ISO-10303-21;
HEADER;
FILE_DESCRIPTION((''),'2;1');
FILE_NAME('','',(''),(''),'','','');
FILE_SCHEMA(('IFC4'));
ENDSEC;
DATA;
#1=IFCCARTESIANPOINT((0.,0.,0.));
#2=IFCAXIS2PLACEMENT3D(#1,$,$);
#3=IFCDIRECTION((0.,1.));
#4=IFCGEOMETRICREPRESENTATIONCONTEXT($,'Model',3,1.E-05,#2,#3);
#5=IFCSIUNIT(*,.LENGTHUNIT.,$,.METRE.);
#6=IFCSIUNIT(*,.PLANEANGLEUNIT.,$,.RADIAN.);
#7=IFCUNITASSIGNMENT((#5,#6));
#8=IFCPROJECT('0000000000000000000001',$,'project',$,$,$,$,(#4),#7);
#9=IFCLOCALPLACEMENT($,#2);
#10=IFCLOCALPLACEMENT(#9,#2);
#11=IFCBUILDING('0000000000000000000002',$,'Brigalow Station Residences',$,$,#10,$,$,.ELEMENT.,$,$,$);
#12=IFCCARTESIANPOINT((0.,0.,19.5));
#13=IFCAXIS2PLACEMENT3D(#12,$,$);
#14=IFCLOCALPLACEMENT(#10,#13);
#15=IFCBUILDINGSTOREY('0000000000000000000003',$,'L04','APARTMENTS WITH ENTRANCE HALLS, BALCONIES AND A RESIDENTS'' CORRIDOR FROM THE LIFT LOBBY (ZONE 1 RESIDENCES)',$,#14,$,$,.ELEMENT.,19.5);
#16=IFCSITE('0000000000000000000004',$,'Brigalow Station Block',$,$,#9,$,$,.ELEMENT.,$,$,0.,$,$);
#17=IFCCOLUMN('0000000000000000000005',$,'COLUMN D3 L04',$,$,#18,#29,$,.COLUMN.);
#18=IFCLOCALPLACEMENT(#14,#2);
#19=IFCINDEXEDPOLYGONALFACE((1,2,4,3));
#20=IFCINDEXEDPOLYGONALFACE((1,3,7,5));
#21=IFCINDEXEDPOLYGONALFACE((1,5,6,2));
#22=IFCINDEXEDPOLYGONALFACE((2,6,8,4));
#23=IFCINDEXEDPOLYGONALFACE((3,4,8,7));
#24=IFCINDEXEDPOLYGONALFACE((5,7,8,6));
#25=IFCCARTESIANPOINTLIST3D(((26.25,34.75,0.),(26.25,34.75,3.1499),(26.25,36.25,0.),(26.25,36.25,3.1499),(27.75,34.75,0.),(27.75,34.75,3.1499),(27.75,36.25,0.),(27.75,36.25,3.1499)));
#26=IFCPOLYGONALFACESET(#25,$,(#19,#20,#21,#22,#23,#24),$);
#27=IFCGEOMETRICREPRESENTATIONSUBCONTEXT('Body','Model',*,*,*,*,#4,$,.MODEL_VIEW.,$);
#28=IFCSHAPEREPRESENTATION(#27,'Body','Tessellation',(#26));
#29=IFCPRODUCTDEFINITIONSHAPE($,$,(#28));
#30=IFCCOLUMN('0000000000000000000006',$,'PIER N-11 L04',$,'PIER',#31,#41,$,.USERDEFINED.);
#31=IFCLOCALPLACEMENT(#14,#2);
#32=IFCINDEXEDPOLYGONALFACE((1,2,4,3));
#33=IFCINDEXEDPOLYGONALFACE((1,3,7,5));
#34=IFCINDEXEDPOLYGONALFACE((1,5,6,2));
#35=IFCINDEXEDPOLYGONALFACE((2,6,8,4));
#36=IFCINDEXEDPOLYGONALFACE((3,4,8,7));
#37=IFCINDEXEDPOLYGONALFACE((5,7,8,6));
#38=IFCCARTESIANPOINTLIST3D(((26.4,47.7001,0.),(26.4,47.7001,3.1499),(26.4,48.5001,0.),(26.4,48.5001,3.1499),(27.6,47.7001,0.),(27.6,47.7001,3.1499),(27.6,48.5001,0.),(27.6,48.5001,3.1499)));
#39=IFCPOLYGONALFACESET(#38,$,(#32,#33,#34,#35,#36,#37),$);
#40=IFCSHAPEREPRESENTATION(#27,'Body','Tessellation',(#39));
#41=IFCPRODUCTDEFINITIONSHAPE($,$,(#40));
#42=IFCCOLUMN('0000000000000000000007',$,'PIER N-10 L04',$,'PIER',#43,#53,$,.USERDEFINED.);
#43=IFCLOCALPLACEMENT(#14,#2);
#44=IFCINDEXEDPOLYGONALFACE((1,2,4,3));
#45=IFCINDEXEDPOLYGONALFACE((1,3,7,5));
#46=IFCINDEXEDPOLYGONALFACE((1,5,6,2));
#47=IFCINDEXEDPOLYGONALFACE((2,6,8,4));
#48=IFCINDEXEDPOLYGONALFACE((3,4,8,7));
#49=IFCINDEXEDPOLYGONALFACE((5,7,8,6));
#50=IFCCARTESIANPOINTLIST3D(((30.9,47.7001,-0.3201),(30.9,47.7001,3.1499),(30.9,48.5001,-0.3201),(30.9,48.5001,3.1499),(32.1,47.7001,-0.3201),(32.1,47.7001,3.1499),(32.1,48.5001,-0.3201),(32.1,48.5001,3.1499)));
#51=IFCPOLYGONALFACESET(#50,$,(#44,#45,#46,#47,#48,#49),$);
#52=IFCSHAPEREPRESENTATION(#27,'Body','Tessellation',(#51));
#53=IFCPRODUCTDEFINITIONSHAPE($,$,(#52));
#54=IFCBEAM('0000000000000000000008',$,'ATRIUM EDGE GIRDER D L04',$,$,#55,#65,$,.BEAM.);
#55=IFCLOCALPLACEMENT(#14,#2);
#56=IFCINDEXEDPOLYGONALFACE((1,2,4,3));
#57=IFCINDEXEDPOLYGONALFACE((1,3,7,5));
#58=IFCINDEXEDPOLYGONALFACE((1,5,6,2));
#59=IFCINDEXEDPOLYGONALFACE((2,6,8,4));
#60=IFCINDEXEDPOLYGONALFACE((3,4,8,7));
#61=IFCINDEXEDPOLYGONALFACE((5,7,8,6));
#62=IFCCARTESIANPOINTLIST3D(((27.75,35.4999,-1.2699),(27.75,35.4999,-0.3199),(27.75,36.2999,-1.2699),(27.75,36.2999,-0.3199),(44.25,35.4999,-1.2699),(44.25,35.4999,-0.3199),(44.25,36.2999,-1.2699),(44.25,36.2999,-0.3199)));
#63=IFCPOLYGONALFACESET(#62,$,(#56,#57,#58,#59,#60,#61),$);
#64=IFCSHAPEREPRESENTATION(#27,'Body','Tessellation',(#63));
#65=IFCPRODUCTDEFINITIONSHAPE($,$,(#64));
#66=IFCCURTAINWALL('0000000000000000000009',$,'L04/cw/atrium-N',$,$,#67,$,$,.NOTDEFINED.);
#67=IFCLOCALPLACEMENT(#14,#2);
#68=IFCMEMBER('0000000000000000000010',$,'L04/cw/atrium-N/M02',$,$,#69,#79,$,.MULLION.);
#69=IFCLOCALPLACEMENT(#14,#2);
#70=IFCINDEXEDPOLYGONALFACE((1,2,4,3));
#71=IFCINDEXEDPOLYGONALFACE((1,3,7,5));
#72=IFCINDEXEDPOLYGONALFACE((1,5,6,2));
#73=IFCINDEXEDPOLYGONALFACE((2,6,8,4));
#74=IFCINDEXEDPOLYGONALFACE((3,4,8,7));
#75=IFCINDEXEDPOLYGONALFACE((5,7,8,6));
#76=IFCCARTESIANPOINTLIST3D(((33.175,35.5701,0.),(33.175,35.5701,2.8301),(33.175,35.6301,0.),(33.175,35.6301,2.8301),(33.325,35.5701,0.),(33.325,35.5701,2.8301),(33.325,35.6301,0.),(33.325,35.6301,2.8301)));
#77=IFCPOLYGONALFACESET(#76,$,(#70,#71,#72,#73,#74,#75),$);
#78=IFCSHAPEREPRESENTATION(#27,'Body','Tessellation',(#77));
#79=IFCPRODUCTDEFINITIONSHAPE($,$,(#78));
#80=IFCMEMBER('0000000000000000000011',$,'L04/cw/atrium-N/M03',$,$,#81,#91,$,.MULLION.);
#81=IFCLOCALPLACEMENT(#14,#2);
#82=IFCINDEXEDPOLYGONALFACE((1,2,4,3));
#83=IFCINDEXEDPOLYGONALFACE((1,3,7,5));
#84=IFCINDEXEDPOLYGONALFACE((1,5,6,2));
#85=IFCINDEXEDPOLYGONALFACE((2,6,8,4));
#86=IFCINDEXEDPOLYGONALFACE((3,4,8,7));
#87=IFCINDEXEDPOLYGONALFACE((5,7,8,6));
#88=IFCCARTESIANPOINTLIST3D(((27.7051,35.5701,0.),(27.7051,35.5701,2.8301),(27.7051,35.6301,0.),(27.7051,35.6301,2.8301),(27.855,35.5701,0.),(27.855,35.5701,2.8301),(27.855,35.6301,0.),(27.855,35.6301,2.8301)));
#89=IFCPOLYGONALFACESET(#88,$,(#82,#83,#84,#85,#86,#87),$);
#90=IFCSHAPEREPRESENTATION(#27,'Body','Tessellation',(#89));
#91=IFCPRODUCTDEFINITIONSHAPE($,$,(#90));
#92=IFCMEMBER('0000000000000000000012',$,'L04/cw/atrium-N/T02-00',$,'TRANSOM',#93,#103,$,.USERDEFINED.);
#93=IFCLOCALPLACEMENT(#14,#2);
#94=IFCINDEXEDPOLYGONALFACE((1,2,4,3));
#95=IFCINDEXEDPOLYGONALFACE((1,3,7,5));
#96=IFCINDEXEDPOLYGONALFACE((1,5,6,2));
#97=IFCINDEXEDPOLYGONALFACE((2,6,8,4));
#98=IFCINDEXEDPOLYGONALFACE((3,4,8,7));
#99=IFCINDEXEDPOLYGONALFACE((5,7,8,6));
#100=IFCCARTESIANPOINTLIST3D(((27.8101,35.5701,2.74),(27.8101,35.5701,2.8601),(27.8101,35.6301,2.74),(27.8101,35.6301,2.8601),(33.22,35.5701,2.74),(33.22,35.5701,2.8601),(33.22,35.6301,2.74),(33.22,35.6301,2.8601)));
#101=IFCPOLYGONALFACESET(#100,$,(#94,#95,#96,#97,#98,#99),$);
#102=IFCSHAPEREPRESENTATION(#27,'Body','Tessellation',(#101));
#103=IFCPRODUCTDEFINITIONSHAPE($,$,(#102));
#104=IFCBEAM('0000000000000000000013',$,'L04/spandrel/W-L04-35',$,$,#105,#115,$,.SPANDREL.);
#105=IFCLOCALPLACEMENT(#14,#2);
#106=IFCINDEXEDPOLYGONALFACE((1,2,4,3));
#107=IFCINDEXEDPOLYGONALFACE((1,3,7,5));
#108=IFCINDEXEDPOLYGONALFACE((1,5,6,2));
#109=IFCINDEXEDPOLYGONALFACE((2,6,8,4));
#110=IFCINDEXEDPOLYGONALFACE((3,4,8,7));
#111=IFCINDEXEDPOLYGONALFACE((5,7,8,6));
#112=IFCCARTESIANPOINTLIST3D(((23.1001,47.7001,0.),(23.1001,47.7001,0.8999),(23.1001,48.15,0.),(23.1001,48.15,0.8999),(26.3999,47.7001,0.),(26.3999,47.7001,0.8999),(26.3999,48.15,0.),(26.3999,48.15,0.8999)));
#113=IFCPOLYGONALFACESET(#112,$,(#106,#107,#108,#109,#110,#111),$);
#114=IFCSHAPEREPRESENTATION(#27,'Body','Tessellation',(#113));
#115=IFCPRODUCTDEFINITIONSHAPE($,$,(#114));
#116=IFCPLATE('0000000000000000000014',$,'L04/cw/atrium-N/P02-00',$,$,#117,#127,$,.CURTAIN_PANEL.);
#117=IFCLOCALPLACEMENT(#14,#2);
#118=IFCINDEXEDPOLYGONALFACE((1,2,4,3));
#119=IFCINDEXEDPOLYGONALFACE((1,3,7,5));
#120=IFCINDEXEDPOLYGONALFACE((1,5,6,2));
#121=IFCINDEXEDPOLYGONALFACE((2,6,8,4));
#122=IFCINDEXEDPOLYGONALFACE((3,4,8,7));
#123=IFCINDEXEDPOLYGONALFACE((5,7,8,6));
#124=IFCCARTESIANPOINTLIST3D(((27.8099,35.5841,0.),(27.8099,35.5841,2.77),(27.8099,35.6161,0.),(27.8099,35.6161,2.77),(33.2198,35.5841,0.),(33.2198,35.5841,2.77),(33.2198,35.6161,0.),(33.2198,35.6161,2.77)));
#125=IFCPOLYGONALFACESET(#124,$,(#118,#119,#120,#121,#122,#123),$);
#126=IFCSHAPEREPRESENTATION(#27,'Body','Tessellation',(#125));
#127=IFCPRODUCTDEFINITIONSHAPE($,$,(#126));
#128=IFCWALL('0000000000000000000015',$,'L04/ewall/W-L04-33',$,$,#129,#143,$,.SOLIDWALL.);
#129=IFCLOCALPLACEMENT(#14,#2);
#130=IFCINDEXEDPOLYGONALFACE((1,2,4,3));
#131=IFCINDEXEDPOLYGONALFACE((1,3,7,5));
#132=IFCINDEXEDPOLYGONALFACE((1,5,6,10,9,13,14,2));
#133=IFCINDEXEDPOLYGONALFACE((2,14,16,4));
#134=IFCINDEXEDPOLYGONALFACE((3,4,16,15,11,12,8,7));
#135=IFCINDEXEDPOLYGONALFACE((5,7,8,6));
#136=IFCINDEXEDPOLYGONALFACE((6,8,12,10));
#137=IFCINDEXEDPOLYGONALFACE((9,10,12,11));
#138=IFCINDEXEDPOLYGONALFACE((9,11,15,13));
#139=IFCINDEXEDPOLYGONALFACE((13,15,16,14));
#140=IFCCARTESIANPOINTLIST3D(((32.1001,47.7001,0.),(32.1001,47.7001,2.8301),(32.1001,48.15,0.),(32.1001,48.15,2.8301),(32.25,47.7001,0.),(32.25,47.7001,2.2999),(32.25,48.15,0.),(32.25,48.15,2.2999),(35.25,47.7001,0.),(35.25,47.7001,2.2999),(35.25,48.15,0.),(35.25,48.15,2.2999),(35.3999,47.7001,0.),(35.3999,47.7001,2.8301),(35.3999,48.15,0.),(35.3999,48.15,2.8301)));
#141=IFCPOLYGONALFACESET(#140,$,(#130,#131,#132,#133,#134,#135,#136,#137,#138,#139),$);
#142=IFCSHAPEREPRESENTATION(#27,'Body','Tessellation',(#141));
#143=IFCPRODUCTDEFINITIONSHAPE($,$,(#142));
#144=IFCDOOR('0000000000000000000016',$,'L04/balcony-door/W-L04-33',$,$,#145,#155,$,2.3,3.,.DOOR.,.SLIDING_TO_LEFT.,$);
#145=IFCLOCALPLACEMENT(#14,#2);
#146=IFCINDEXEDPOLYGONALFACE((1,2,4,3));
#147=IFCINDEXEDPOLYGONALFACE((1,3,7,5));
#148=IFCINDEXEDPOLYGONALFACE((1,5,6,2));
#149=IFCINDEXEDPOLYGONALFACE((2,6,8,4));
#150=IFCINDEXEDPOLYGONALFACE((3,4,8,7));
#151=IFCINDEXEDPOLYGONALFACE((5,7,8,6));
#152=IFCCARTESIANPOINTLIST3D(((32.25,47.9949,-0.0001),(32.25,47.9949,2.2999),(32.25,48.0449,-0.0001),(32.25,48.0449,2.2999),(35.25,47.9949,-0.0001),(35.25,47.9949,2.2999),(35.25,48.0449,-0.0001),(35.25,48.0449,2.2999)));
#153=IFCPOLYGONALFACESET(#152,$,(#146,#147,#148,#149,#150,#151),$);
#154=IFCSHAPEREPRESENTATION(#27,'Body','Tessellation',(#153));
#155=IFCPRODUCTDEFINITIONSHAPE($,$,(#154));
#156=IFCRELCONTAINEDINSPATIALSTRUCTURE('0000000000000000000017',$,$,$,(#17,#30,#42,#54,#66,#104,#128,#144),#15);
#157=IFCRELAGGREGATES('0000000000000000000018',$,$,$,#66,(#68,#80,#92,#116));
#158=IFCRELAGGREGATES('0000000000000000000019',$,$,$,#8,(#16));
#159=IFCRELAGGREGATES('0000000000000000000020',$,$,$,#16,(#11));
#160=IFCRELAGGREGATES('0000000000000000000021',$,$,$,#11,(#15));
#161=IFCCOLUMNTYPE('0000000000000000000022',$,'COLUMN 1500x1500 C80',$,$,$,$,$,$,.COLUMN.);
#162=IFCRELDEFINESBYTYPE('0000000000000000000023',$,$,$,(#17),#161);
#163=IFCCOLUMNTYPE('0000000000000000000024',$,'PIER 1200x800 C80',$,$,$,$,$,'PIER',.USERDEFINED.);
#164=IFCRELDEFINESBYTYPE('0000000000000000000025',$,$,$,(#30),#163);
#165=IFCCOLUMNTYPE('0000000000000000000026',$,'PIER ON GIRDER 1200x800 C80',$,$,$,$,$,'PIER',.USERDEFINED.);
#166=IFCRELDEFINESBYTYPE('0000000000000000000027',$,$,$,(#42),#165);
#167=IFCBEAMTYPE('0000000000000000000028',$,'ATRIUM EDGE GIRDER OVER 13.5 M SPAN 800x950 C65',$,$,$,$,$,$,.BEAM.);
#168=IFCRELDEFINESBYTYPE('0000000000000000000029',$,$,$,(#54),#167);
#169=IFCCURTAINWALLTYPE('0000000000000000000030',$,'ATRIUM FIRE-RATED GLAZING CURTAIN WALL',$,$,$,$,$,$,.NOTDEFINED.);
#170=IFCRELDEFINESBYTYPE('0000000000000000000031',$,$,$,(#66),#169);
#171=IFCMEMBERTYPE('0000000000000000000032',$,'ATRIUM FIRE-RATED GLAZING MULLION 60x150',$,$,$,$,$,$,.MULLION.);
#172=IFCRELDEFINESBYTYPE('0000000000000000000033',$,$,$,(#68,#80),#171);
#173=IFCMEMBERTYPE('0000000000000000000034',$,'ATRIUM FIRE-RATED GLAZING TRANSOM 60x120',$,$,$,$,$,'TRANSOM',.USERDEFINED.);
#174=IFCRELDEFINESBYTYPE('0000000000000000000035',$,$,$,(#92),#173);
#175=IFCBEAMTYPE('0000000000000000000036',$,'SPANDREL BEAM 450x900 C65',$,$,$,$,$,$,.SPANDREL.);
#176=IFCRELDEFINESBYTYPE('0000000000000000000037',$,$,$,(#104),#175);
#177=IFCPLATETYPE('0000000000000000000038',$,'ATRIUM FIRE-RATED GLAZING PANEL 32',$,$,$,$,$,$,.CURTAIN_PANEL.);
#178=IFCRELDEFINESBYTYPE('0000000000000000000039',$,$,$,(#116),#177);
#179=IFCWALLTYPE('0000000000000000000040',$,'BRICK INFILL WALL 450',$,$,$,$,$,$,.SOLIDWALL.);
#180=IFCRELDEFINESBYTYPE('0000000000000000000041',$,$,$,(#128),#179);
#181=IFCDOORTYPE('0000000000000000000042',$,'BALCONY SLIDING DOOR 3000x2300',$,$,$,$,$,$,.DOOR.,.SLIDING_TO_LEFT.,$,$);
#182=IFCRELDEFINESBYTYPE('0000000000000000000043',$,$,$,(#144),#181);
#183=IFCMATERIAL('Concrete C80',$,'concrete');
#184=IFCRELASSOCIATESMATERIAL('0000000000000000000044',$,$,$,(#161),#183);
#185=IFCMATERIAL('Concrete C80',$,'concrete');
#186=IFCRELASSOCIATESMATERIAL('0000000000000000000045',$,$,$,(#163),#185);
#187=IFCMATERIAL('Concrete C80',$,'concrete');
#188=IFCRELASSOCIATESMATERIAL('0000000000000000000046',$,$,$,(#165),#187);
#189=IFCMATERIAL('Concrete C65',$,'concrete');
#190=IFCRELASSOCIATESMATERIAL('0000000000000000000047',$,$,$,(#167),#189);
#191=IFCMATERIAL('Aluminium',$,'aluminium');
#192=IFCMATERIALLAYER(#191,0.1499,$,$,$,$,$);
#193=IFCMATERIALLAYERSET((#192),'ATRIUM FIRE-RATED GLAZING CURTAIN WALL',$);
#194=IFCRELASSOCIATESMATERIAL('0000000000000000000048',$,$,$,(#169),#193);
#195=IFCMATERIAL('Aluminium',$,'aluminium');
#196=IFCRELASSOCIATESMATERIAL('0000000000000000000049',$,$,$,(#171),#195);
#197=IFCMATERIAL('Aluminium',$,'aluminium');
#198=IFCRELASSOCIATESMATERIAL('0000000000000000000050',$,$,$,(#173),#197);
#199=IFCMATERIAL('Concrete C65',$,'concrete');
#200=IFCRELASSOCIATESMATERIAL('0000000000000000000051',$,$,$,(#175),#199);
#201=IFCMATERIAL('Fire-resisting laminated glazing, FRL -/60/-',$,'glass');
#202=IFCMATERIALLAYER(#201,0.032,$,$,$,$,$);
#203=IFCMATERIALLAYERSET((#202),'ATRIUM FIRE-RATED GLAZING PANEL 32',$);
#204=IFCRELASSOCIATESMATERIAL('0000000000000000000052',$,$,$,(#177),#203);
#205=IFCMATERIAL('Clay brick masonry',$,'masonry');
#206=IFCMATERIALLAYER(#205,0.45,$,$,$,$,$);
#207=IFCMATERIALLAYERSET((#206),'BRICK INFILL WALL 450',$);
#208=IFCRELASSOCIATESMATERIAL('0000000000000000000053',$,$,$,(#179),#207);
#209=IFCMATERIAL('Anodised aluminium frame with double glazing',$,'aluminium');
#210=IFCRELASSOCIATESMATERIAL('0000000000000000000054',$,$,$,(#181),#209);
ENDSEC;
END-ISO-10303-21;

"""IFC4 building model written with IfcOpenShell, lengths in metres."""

from ifc_helpers import new_model, si_unit, direction, frame, frame_2d, origin, origin_2d, place, context, subcontext, project, spatial, rectangle, extrude, material, layer, layer_set, material_profile, profile_set, type_object, element, fill, aggregate, save


model = new_model("IFC4")

# Units and contexts
model_context = context("Model", 3, precision=1e-05, world=origin(), true_north=direction((0.0, 1.0)))
body_context = subcontext(model_context, "Body", "Model", "MODEL_VIEW")
ifc_project = project(units=[si_unit("LENGTHUNIT", "METRE"), si_unit("PLANEANGLEUNIT", "RADIAN")], contexts=[model_context])

# Site, building, storey
site_placement = place(None, origin())
site = spatial("IfcSite", under=ifc_project, at=site_placement, Name="Brigalow Station Block", CompositionType="ELEMENT", RefElevation=0.0)
building_placement = place(site_placement, origin())
building = spatial("IfcBuilding", under=site, at=building_placement, Name="Brigalow Station Residences", CompositionType="ELEMENT")
storey_placement = place(building_placement, frame((0.0, 0.0, 19.5)))
storey = spatial("IfcBuildingStorey", under=building, at=storey_placement, Name="L04", Description="APARTMENTS WITH ENTRANCE HALLS, BALCONIES AND A RESIDENTS' CORRIDOR FROM THE LIFT LOBBY (ZONE 1 RESIDENCES)", CompositionType="ELEMENT", Elevation=19.5)

# Columns
ifc_material_1 = material(Name="Concrete C80", Category="concrete")
ifc_material_profile_1 = material_profile(ifc_material_1, rectangle(XDim=1.5, YDim=1.5, at=origin_2d()), Name="RC1500x1500")
ifc_profile_set_1 = profile_set([ifc_material_profile_1], Name="Concrete C80")
column_type_1 = type_object("IfcColumnType", Name="COLUMN 1500x1500 C80", PredefinedType="COLUMN", material=ifc_profile_set_1)
column_1_placement = place(storey_placement, frame((27.0, 35.5, 0.0), z_axis=(0.0, 0.0, 1.0), x_axis=(1.0, 0.0, 0.0)))
element("IfcColumn", 1, at=column_1_placement, inside=storey, type_object=column_type_1, Name="COLUMN D3 L04", PredefinedType="COLUMN", context=body_context, shape_type="SweptSolid", body=[
    extrude(rectangle(XDim=1.5, YDim=1.5, at=origin_2d()), origin(), (0.0, 0.0, 1.0), 3.1499),
])
ifc_material_2 = material(Name="Concrete C80", Category="concrete")
ifc_material_profile_2 = material_profile(ifc_material_2, rectangle(XDim=1.2, YDim=0.8, at=origin_2d()), Name="RC1200x800")
ifc_profile_set_2 = profile_set([ifc_material_profile_2], Name="Concrete C80")
column_type_2 = type_object("IfcColumnType", Name="PIER 1200x800 C80", ElementType="PIER", PredefinedType="USERDEFINED", material=ifc_profile_set_2)
column_2_placement = place(storey_placement, frame((27.0, 48.1001, 0.0), z_axis=(0.0, 0.0, 1.0), x_axis=(-1.0, 0.0, 0.0)))
element("IfcColumn", 2, at=column_2_placement, inside=storey, type_object=column_type_2, Name="PIER N-11 L04", ObjectType="PIER", PredefinedType="USERDEFINED", context=body_context, shape_type="SweptSolid", body=[
    extrude(rectangle(XDim=1.2, YDim=0.8, at=origin_2d()), origin(), (0.0, 0.0, 1.0), 3.1499),
])
ifc_material_3 = material(Name="Concrete C80", Category="concrete")
ifc_material_profile_3 = material_profile(ifc_material_3, rectangle(XDim=1.2, YDim=0.8, at=origin_2d()), Name="RC1200x800")
ifc_profile_set_3 = profile_set([ifc_material_profile_3], Name="Concrete C80")
column_type_3 = type_object("IfcColumnType", Name="PIER ON GIRDER 1200x800 C80", ElementType="PIER", PredefinedType="USERDEFINED", material=ifc_profile_set_3)
column_3_placement = place(storey_placement, frame((31.5, 48.1001, -0.3201), z_axis=(0.0, 0.0, 1.0), x_axis=(-1.0, 0.0, 0.0)))
element("IfcColumn", 3, at=column_3_placement, inside=storey, type_object=column_type_3, Name="PIER N-10 L04", ObjectType="PIER", PredefinedType="USERDEFINED", context=body_context, shape_type="SweptSolid", body=[
    extrude(rectangle(XDim=1.2, YDim=0.8, at=origin_2d()), origin(), (0.0, 0.0, 1.0), 3.47),
])

# Beam
ifc_material_4 = material(Name="Concrete C65", Category="concrete")
ifc_material_profile_4 = material_profile(ifc_material_4, rectangle(XDim=0.8, YDim=0.95, at=origin_2d()), Name="RC800x950")
ifc_profile_set_4 = profile_set([ifc_material_profile_4], Name="Concrete C65")
beam_type_1 = type_object("IfcBeamType", Name="ATRIUM EDGE GIRDER OVER 13.5 M SPAN 800x950 C65", PredefinedType="BEAM", material=ifc_profile_set_4)
beam_1_placement = place(storey_placement, frame((27.75, 35.8999, -0.7949), z_axis=(1.0, 0.0, 0.0), x_axis=(0.0, 1.0, 0.0)))
element("IfcBeam", 4, at=beam_1_placement, inside=storey, type_object=beam_type_1, Name="ATRIUM EDGE GIRDER D L04", PredefinedType="BEAM", context=body_context, shape_type="SweptSolid", body=[
    extrude(rectangle(XDim=0.8, YDim=0.95, at=origin_2d()), origin(), (0.0, 0.0, 1.0), 16.5),
])

# Curtain wall, members
ifc_material_5 = material(Name="Aluminium", Category="aluminium")
ifc_layer_1 = layer(ifc_material_5, 0.1499)
ifc_layer_set_1 = layer_set([ifc_layer_1], Name="ATRIUM FIRE-RATED GLAZING CURTAIN WALL")
curtain_wall_type = type_object("IfcCurtainWallType", Name="ATRIUM FIRE-RATED GLAZING CURTAIN WALL", PredefinedType="NOTDEFINED", material=ifc_layer_set_1)
curtain_wall_placement = place(storey_placement, origin())
curtain_wall = element("IfcCurtainWall", 5, at=curtain_wall_placement, inside=storey, type_object=curtain_wall_type, Name="L04/cw/atrium-N", PredefinedType="NOTDEFINED")
ifc_material_6 = material(Name="Aluminium", Category="aluminium")
ifc_material_profile_5 = material_profile(ifc_material_6, rectangle(XDim=0.0601, YDim=0.1499, at=origin_2d()), Name="ATRIUM FIRE-RATED GLAZING MULLION 60x150")
ifc_profile_set_5 = profile_set([ifc_material_profile_5], Name="Aluminium")
member_type_1 = type_object("IfcMemberType", Name="ATRIUM FIRE-RATED GLAZING MULLION 60x150", PredefinedType="MULLION", material=ifc_profile_set_5)
member_1_placement = place(storey_placement, frame((33.25, 35.6001, 0.0), z_axis=(0.0, 0.0, 1.0), x_axis=(0.0, -1.0, 0.0)))
member_1 = element("IfcMember", 6, at=member_1_placement, type_object=member_type_1, Name="L04/cw/atrium-N/M02", PredefinedType="MULLION", context=body_context, shape_type="SweptSolid", body=[
    extrude(rectangle(XDim=0.0601, YDim=0.1499, at=origin_2d()), origin(), (0.0, 0.0, 1.0), 2.8301),
])
member_2_placement = place(storey_placement, frame((27.78, 35.6001, 0.0), z_axis=(0.0, 0.0, 1.0), x_axis=(0.0, -1.0, 0.0)))
member_2 = element("IfcMember", 7, at=member_2_placement, type_object=member_type_1, Name="L04/cw/atrium-N/M03", PredefinedType="MULLION", context=body_context, shape_type="SweptSolid", body=[
    extrude(rectangle(XDim=0.0601, YDim=0.1499, at=origin_2d()), origin(), (0.0, 0.0, 1.0), 2.8301),
])
ifc_material_7 = material(Name="Aluminium", Category="aluminium")
ifc_material_profile_6 = material_profile(ifc_material_7, rectangle(XDim=0.0601, YDim=0.1201, at=origin_2d()), Name="ATRIUM FIRE-RATED GLAZING TRANSOM 60x120")
ifc_profile_set_6 = profile_set([ifc_material_profile_6], Name="Aluminium")
member_type_2 = type_object("IfcMemberType", Name="ATRIUM FIRE-RATED GLAZING TRANSOM 60x120", ElementType="TRANSOM", PredefinedType="USERDEFINED", material=ifc_profile_set_6)
member_3_placement = place(storey_placement, frame((33.22, 35.6001, 2.8), z_axis=(-1.0, 0.0, 0.0), x_axis=(0.0, -1.0, 0.0)))
member_3 = element("IfcMember", 8, at=member_3_placement, type_object=member_type_2, Name="L04/cw/atrium-N/T02-00", ObjectType="TRANSOM", PredefinedType="USERDEFINED", context=body_context, shape_type="SweptSolid", body=[
    extrude(rectangle(XDim=0.0601, YDim=0.1201, at=origin_2d()), origin(), (0.0, 0.0, 1.0), 5.4099),
])

# Beam
ifc_material_8 = material(Name="Concrete C65", Category="concrete")
ifc_material_profile_7 = material_profile(ifc_material_8, rectangle(XDim=0.45, YDim=0.8999, at=origin_2d()), Name="RC450x900")
ifc_profile_set_7 = profile_set([ifc_material_profile_7], Name="Concrete C65")
beam_type_2 = type_object("IfcBeamType", Name="SPANDREL BEAM 450x900 C65", PredefinedType="SPANDREL", material=ifc_profile_set_7)
beam_2_placement = place(storey_placement, frame((26.3999, 47.925, 0.45), z_axis=(-1.0, 0.0, 0.0), x_axis=(0.0, -1.0, 0.0)))
element("IfcBeam", 9, at=beam_2_placement, inside=storey, type_object=beam_type_2, Name="L04/spandrel/W-L04-35", PredefinedType="SPANDREL", context=body_context, shape_type="SweptSolid", body=[
    extrude(rectangle(XDim=0.45, YDim=0.8999, at=origin_2d()), origin(), (0.0, 0.0, 1.0), 3.2998),
])

# Plate
ifc_material_9 = material(Name="Fire-resisting laminated glazing, FRL -/60/-", Category="glass")
ifc_layer_2 = layer(ifc_material_9, 0.032)
ifc_layer_set_2 = layer_set([ifc_layer_2], Name="ATRIUM FIRE-RATED GLAZING PANEL 32")
plate_type = type_object("IfcPlateType", Name="ATRIUM FIRE-RATED GLAZING PANEL 32", PredefinedType="CURTAIN_PANEL", material=ifc_layer_set_2)
plate_placement = place(storey_placement, frame((30.5149, 35.6001, 0.0), z_axis=(0.0, 0.0, 1.0), x_axis=(-1.0, 0.0, 0.0)))
plate = element("IfcPlate", 10, at=plate_placement, type_object=plate_type, Name="L04/cw/atrium-N/P02-00", PredefinedType="CURTAIN_PANEL", context=body_context, shape_type="SweptSolid", body=[
    extrude(rectangle(XDim=5.4099, YDim=0.032, at=origin_2d()), origin(), (0.0, 0.0, 1.0), 2.77),
])
aggregate(curtain_wall, [member_1, member_2, member_3, plate])

# Wall, opening, door
ifc_material_10 = material(Name="Clay brick masonry", Category="masonry")
ifc_layer_3 = layer(ifc_material_10, 0.45)
ifc_layer_set_3 = layer_set([ifc_layer_3], Name="BRICK INFILL WALL 450")
wall_type_1 = type_object("IfcWallType", Name="BRICK INFILL WALL 450", PredefinedType="SOLIDWALL", material=ifc_layer_set_3)
wall_1_placement = place(storey_placement, frame((35.3999, 47.925, 0.0), z_axis=(0.0, 0.0, 1.0), x_axis=(-1.0, 0.0, 0.0)))
wall_1 = element("IfcWall", 11, at=wall_1_placement, inside=storey, type_object=wall_type_1, Name="L04/ewall/W-L04-33", PredefinedType="SOLIDWALL", context=body_context, shape_type="SweptSolid", body=[
    extrude(rectangle(XDim=3.2998, YDim=0.45, at=frame_2d((1.6499, 0.0))), origin(), (0.0, 0.0, 1.0), 2.8301),
])
opening_1_placement = place(wall_1_placement, frame((0.1499, 0.0, 0.0)))
opening_1 = element("IfcOpeningElement", 12, at=opening_1_placement, cuts=wall_1, PredefinedType="OPENING", context=body_context, shape_type="SweptSolid", body=[
    extrude(rectangle(XDim=3.0, YDim=2.3, at=frame_2d((1.5, 1.1499))), frame((0.0, 0.2349, 0.0), z_axis=(0.0, -1.0, 0.0), x_axis=(1.0, 0.0, 0.0)), (0.0, 0.0, 1.0), 0.47),
])
ifc_material_11 = material(Name="Anodised aluminium frame with double glazing", Category="aluminium")
door_type_1 = type_object("IfcDoorType", Name="BALCONY SLIDING DOOR 3000x2300", OperationType="SLIDING_TO_LEFT", PredefinedType="DOOR", material=ifc_material_11)
door_1_placement = place(opening_1_placement, origin())
door_1 = element("IfcDoor", 13, at=door_1_placement, inside=storey, type_object=door_type_1, Name="L04/balcony-door/W-L04-33", OperationType="SLIDING_TO_LEFT", OverallHeight=2.3, OverallWidth=3.0, PredefinedType="DOOR", context=body_context, shape_type="SweptSolid", body=[
    extrude(rectangle(XDim=3.0, YDim=2.3, at=frame_2d((1.5, 1.1499))), frame((0.0, -0.0698, 0.0), z_axis=(0.0, -1.0, 0.0), x_axis=(1.0, 0.0, 0.0)), (0.0, 0.0, 1.0), 0.05),
])
fill(opening_1, door_1)

save(model, "model.ifc")
